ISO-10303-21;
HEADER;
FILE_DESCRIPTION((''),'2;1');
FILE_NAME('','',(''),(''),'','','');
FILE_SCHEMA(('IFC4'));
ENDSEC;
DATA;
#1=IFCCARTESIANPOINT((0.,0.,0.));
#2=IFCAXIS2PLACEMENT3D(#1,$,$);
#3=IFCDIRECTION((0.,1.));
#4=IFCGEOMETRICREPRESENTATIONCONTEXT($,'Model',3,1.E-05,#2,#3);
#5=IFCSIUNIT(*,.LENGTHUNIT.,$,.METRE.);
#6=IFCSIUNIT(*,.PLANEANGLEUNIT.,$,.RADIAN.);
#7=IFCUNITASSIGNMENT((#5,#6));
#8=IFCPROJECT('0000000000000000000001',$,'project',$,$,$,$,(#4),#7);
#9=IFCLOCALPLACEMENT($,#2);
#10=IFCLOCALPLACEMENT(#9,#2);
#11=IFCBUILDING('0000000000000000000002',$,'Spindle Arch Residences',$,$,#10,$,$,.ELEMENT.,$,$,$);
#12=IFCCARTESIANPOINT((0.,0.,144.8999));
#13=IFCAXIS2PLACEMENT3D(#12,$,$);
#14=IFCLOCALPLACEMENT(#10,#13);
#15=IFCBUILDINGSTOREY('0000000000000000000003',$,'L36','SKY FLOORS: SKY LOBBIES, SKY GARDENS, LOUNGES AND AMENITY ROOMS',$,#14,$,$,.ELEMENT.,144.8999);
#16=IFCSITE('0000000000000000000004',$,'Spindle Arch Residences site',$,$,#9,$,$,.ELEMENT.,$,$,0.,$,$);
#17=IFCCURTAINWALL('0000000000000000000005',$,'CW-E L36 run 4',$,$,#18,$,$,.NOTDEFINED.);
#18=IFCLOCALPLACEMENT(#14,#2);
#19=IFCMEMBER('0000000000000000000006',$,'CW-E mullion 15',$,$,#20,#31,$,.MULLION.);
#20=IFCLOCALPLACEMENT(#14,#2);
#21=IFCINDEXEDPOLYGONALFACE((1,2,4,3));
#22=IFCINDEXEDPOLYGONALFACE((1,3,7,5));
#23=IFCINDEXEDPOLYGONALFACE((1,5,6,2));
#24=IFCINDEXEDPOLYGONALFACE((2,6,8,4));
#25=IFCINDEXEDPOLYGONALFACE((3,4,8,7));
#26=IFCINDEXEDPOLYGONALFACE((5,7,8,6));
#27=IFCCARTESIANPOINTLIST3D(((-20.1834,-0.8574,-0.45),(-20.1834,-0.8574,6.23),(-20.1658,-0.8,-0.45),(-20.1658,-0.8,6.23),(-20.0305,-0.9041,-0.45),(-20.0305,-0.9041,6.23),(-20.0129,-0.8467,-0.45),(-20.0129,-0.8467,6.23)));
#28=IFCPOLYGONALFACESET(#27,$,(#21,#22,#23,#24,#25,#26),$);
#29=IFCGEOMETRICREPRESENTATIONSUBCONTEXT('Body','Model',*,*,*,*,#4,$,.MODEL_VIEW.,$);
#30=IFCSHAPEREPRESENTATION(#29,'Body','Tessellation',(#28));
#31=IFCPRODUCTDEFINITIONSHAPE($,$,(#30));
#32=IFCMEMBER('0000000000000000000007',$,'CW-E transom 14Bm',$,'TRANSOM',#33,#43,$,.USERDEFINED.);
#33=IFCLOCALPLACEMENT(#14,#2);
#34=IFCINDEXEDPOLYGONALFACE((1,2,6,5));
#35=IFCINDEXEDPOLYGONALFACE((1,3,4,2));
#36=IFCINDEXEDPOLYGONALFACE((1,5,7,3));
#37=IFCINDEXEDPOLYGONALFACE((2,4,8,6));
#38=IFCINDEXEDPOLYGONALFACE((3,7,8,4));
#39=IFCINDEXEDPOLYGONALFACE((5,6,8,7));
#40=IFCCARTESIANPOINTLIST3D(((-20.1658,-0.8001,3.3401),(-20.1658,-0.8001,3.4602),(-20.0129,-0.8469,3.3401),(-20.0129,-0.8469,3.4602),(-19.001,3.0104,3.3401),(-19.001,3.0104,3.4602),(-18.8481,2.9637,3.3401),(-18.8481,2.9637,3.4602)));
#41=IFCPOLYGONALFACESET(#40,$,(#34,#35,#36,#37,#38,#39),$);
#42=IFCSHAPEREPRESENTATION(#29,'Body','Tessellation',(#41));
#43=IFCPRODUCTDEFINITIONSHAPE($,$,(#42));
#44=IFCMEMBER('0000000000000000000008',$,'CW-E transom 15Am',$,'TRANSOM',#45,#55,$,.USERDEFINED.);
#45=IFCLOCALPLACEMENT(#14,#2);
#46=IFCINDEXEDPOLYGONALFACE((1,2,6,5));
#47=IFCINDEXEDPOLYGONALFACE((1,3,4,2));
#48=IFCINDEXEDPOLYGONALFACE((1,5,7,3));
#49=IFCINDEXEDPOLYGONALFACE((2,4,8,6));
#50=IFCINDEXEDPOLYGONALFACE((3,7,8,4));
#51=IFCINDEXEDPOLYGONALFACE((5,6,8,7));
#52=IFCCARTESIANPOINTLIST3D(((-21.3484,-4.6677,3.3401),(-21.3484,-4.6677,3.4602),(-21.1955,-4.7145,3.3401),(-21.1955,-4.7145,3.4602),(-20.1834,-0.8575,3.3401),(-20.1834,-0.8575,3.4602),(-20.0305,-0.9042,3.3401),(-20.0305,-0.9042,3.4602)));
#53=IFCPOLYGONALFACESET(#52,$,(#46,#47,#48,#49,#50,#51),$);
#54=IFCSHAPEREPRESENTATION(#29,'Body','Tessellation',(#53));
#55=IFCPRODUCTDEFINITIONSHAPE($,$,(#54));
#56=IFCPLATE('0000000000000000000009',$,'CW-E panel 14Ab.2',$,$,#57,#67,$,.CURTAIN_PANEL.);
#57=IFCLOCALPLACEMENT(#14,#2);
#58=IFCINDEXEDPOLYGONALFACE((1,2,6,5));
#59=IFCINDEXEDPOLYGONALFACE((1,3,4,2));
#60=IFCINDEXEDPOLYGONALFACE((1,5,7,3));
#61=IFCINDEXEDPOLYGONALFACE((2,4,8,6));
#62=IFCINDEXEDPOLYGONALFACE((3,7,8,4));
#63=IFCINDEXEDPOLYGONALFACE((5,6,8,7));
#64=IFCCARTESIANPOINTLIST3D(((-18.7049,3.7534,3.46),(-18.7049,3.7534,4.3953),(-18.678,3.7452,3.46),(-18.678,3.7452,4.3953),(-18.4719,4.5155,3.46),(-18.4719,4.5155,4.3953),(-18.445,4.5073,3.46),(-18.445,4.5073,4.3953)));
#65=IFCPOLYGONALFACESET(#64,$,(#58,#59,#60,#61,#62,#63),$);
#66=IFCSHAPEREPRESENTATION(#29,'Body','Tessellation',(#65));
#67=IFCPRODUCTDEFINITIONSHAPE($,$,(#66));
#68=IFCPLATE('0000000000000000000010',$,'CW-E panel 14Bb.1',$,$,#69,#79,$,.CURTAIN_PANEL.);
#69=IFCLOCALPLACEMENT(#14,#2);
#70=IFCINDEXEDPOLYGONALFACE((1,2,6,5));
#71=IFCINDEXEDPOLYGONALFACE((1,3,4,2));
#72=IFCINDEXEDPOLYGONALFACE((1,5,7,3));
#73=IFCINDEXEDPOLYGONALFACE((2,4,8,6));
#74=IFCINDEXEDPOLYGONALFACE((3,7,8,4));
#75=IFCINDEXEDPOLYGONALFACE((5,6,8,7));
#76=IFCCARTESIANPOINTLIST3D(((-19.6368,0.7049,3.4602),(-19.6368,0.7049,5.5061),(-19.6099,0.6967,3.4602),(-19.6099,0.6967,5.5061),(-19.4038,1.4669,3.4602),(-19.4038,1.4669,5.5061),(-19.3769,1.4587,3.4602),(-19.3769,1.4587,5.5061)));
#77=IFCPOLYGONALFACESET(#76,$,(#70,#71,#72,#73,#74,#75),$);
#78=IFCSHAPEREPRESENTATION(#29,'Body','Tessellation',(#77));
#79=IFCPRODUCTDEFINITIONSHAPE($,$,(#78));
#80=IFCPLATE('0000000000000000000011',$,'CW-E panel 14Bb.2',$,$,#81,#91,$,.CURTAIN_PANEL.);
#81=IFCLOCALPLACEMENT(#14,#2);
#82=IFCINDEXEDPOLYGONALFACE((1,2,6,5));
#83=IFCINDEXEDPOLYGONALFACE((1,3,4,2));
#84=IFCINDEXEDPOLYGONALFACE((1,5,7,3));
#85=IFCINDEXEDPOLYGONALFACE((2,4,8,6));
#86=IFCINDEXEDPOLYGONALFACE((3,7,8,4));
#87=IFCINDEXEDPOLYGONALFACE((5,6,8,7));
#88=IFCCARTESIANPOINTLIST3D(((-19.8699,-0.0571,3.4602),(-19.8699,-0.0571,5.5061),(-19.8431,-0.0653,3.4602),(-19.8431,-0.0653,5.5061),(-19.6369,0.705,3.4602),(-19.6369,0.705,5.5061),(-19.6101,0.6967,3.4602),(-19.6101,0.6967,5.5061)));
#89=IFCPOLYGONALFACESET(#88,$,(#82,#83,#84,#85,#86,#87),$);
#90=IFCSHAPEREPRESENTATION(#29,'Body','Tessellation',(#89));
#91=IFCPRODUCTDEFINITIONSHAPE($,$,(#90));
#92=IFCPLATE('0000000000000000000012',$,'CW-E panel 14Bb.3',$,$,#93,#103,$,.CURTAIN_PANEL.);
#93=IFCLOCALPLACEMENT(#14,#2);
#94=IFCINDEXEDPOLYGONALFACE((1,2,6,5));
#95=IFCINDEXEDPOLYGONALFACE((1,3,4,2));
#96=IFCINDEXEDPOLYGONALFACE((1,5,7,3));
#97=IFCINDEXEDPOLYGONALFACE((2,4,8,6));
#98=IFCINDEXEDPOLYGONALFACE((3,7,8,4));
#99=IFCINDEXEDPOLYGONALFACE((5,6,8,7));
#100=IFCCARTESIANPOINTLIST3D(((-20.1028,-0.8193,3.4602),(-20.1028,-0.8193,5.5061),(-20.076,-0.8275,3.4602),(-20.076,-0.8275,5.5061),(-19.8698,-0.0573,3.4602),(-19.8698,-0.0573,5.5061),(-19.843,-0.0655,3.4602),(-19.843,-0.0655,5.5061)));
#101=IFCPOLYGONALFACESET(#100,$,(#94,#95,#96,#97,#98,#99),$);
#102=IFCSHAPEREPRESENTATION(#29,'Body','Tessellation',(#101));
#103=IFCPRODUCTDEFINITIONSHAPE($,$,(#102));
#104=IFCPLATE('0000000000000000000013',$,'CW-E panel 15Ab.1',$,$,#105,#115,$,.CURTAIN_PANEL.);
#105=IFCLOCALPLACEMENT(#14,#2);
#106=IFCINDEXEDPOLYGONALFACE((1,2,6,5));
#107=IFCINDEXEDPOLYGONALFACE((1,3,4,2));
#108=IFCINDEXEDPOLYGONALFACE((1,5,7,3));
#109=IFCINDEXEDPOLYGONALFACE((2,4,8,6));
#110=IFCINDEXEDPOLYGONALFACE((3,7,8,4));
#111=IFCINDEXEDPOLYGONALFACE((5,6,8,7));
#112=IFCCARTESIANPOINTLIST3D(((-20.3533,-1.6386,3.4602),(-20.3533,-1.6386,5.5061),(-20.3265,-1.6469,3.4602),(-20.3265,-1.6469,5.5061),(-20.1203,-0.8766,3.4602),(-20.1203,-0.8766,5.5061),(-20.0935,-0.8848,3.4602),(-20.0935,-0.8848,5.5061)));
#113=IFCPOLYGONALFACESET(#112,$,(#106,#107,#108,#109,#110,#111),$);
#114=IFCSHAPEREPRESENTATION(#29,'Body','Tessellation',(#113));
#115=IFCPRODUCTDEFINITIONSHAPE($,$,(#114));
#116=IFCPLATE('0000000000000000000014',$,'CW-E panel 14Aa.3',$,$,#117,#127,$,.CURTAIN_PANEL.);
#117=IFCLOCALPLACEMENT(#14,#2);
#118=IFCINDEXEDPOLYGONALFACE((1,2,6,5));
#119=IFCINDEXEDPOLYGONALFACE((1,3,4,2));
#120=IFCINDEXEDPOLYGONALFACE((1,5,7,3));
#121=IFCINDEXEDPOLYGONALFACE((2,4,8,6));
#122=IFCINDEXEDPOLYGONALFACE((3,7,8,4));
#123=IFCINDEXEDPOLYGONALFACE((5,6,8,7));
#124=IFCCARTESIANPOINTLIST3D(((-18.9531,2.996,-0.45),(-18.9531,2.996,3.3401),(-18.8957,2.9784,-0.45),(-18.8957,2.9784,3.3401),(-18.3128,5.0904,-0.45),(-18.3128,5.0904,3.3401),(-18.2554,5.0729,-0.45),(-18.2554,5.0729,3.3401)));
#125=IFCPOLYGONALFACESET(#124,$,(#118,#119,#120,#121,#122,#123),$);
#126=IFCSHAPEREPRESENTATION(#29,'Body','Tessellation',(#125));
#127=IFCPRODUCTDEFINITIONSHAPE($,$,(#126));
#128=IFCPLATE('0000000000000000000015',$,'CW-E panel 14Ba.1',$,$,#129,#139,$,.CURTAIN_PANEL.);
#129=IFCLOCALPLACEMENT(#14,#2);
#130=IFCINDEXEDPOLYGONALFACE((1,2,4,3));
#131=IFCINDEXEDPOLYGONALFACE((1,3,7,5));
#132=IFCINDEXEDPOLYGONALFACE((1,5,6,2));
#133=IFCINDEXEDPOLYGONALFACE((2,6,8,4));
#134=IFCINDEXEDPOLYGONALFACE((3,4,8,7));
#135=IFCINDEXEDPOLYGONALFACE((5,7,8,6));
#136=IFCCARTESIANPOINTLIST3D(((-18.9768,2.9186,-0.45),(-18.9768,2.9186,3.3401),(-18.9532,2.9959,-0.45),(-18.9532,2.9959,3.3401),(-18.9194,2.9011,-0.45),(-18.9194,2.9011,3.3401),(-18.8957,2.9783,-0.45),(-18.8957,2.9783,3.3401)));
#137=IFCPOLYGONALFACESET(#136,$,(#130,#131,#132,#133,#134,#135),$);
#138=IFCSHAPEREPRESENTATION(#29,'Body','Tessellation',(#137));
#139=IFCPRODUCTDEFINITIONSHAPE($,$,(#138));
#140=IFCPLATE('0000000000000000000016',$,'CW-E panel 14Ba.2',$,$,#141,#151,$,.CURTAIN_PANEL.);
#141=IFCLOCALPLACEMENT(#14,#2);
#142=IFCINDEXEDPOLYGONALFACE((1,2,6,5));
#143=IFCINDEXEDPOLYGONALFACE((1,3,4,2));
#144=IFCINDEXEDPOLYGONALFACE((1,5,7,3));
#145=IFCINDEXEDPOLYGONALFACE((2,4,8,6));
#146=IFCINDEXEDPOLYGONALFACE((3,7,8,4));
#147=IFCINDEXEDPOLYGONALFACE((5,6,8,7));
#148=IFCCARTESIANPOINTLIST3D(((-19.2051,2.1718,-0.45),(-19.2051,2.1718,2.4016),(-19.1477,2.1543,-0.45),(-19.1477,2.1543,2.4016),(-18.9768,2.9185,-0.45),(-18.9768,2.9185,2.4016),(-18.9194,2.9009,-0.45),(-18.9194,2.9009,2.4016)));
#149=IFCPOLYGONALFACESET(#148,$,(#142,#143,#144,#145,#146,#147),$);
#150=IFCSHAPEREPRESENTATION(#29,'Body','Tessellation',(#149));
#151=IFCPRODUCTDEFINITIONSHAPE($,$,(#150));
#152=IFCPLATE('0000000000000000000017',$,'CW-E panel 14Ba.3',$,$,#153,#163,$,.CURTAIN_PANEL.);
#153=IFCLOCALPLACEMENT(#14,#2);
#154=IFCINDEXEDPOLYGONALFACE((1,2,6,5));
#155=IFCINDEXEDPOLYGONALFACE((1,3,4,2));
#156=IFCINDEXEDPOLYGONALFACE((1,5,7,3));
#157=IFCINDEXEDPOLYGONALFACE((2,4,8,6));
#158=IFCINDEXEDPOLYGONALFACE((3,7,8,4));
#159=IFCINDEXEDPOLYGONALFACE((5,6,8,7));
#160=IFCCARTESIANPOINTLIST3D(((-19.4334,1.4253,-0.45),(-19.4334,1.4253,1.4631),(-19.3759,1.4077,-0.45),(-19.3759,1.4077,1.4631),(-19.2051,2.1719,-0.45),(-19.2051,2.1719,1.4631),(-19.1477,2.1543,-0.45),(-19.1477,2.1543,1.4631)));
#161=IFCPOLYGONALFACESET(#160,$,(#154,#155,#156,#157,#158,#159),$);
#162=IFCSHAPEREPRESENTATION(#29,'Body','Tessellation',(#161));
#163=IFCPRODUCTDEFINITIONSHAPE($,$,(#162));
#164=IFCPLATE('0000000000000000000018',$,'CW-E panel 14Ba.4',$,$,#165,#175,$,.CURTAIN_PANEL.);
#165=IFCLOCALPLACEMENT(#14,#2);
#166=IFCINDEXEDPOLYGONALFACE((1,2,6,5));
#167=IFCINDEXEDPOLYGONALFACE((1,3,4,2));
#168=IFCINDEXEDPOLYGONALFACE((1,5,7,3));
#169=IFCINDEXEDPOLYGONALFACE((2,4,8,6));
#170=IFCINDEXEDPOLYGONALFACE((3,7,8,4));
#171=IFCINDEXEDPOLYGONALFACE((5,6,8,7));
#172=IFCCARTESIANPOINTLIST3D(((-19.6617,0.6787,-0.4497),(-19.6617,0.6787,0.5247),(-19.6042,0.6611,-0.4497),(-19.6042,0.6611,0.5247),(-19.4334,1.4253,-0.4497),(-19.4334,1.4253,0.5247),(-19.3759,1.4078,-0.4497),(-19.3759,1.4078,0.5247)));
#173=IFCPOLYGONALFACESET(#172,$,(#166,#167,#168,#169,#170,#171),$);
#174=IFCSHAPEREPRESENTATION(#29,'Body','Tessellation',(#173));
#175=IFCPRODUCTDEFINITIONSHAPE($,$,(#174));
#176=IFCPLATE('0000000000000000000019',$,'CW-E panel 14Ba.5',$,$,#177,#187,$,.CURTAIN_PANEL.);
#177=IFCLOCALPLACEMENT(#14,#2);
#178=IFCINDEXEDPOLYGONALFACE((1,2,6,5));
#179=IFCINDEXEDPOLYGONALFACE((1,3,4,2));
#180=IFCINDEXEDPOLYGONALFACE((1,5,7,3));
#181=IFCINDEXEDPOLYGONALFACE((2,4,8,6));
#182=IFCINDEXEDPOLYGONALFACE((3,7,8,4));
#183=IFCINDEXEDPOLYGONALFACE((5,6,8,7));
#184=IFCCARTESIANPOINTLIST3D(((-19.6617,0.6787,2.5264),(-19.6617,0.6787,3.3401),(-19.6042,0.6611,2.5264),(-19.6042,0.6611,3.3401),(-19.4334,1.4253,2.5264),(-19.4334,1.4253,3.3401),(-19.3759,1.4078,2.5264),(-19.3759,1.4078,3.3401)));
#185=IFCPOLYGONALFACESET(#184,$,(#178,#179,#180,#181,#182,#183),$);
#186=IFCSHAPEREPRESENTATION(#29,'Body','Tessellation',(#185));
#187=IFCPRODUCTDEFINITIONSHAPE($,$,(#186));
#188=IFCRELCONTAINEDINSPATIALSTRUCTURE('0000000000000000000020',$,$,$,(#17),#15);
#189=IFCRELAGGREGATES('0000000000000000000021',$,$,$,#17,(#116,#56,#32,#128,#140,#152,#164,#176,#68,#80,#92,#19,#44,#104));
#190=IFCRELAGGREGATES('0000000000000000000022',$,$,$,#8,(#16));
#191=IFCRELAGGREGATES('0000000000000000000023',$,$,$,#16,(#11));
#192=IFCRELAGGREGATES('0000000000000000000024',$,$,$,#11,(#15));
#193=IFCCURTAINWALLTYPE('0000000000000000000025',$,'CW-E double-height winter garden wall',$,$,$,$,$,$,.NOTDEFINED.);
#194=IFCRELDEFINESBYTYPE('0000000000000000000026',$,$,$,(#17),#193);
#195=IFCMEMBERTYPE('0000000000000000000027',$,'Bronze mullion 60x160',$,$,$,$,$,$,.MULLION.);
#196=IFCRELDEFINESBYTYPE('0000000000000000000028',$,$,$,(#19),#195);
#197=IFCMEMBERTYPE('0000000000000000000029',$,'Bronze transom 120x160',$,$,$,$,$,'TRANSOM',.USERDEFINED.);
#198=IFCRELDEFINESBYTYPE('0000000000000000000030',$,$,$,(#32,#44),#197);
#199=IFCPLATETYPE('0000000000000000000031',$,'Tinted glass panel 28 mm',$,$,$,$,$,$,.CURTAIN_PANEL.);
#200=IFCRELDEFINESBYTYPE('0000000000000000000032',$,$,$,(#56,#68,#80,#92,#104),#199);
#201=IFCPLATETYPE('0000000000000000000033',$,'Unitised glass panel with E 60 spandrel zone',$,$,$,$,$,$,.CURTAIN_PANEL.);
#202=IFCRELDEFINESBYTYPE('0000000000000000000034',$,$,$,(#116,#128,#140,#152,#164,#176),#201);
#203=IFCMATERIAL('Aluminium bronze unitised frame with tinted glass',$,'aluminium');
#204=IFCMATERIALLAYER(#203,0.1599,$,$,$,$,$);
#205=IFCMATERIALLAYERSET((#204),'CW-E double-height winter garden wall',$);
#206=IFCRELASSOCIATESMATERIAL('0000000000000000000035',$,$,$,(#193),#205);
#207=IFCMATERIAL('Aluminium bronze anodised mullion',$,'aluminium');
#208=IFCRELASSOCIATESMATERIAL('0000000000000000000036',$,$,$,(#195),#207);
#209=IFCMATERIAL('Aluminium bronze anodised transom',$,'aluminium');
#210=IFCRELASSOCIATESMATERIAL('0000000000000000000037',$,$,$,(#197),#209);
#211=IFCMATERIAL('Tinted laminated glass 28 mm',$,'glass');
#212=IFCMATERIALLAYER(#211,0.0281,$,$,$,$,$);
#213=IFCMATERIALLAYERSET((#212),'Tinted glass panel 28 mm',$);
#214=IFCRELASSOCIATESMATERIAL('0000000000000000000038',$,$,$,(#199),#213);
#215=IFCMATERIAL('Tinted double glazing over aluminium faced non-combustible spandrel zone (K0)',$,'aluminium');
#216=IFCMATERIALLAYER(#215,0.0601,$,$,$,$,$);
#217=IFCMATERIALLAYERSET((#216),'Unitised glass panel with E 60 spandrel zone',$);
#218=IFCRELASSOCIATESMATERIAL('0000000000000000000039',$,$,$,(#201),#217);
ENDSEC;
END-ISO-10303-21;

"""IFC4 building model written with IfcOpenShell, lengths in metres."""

from ifc_helpers import new_model, si_unit, direction, frame, origin, origin_2d, place, context, subcontext, project, spatial, rectangle, extrude, material, layer, layer_set, material_profile, profile_set, type_object, element, aggregate, save


model = new_model("IFC4")

# Units and contexts
model_context = context("Model", 3, precision=1e-05, world=origin(), true_north=direction((0.0, 1.0)))
body_context = subcontext(model_context, "Body", "Model", "MODEL_VIEW")
ifc_project = project(units=[si_unit("LENGTHUNIT", "METRE"), si_unit("PLANEANGLEUNIT", "RADIAN")], contexts=[model_context])

# Site, building, storey
site_placement = place(None, origin())
site = spatial("IfcSite", under=ifc_project, at=site_placement, Name="Spindle Arch Residences site", CompositionType="ELEMENT", RefElevation=0.0)
building_placement = place(site_placement, origin())
building = spatial("IfcBuilding", under=site, at=building_placement, Name="Spindle Arch Residences", CompositionType="ELEMENT")
storey_placement = place(building_placement, frame((0.0, 0.0, 144.8999)))
storey = spatial("IfcBuildingStorey", under=building, at=storey_placement, Name="L36", Description="SKY FLOORS: SKY LOBBIES, SKY GARDENS, LOUNGES AND AMENITY ROOMS", CompositionType="ELEMENT", Elevation=144.8999)

# Curtain wall, members, plates
ifc_material_1 = material(Name="Aluminium bronze unitised frame with tinted glass", Category="aluminium")
ifc_layer_1 = layer(ifc_material_1, 0.1599)
ifc_layer_set_1 = layer_set([ifc_layer_1], Name="CW-E double-height winter garden wall")
curtain_wall_type = type_object("IfcCurtainWallType", Name="CW-E double-height winter garden wall", PredefinedType="NOTDEFINED", material=ifc_layer_set_1)
curtain_wall_placement = place(storey_placement, origin())
curtain_wall = element("IfcCurtainWall", 1, at=curtain_wall_placement, inside=storey, type_object=curtain_wall_type, Name="CW-E L36 run 4", PredefinedType="NOTDEFINED")
ifc_material_2 = material(Name="Aluminium bronze anodised mullion", Category="aluminium")
ifc_material_profile_1 = material_profile(ifc_material_2, rectangle(XDim=0.1599, YDim=0.0601, at=origin_2d()), Name="MU 60x160")
ifc_profile_set_1 = profile_set([ifc_material_profile_1], Name="Aluminium bronze anodised mullion")
member_type_1 = type_object("IfcMemberType", Name="Bronze mullion 60x160", PredefinedType="MULLION", material=ifc_profile_set_1)
member_1_placement = place(storey_placement, frame((-20.0981, -0.8521, -0.45), z_axis=(0.0, 0.0, 1.0), x_axis=(0.956305, -0.292372, 0.0)))
member_1 = element("IfcMember", 2, at=member_1_placement, type_object=member_type_1, Name="CW-E mullion 15", PredefinedType="MULLION", context=body_context, shape_type="SweptSolid", body=[
    extrude(rectangle(XDim=0.1599, YDim=0.0601, at=origin_2d()), origin(), (0.0, 0.0, 1.0), 6.6799),
])
ifc_material_3 = material(Name="Aluminium bronze anodised transom", Category="aluminium")
ifc_material_profile_2 = material_profile(ifc_material_3, rectangle(XDim=0.1599, YDim=0.1201, at=origin_2d()), Name="TR 120x160")
ifc_profile_set_2 = profile_set([ifc_material_profile_2], Name="Aluminium bronze anodised transom")
member_type_2 = type_object("IfcMemberType", Name="Bronze transom 120x160", ElementType="TRANSOM", PredefinedType="USERDEFINED", material=ifc_profile_set_2)
member_2_placement = place(storey_placement, frame((-18.9246, 2.9871, 3.4001), z_axis=(-0.292324, -0.956319, 0.0), x_axis=(0.956319, -0.292324, 0.0)))
member_2 = element("IfcMember", 3, at=member_2_placement, type_object=member_type_2, Name="CW-E transom 14Bm", ObjectType="TRANSOM", PredefinedType="USERDEFINED", context=body_context, shape_type="SweptSolid", body=[
    extrude(rectangle(XDim=0.1599, YDim=0.1201, at=origin_2d()), origin(), (0.0, 0.0, 1.0), 3.9846),
])
member_3_placement = place(storey_placement, frame((-20.1069, -0.8809, 3.4001), z_axis=(-0.292398, -0.956297, 0.0), x_axis=(0.956297, -0.292398, 0.0)))
member_3 = element("IfcMember", 4, at=member_3_placement, type_object=member_type_2, Name="CW-E transom 15Am", ObjectType="TRANSOM", PredefinedType="USERDEFINED", context=body_context, shape_type="SweptSolid", body=[
    extrude(rectangle(XDim=0.1599, YDim=0.1201, at=origin_2d()), origin(), (0.0, 0.0, 1.0), 3.9844),
])
ifc_material_4 = material(Name="Tinted laminated glass 28 mm", Category="glass")
ifc_layer_2 = layer(ifc_material_4, 0.0281)
ifc_layer_set_2 = layer_set([ifc_layer_2], Name="Tinted glass panel 28 mm")
plate_type_1 = type_object("IfcPlateType", Name="Tinted glass panel 28 mm", PredefinedType="CURTAIN_PANEL", material=ifc_layer_set_2)
plate_1_placement = place(storey_placement, frame((-18.575, 4.1304, 3.46), z_axis=(0.0, 0.0, 1.0), x_axis=(-0.292372, -0.956305, 0.0)))
plate_1 = element("IfcPlate", 5, at=plate_1_placement, type_object=plate_type_1, Name="CW-E panel 14Ab.2", PredefinedType="CURTAIN_PANEL", context=body_context, shape_type="SweptSolid", body=[
    extrude(rectangle(XDim=0.7969, YDim=0.0281, at=origin_2d()), origin(), (0.0, 0.0, 1.0), 0.9353),
])
plate_2_placement = place(storey_placement, frame((-19.5068, 1.0818, 3.4602), z_axis=(0.0, 0.0, 1.0), x_axis=(-0.292372, -0.956305, 0.0)))
plate_2 = element("IfcPlate", 6, at=plate_2_placement, type_object=plate_type_1, Name="CW-E panel 14Bb.1", PredefinedType="CURTAIN_PANEL", context=body_context, shape_type="SweptSolid", body=[
    extrude(rectangle(XDim=0.7969, YDim=0.0281, at=origin_2d()), origin(), (0.0, 0.0, 1.0), 2.0459),
])
plate_3_placement = place(storey_placement, frame((-19.74, 0.3198, 3.4602), z_axis=(0.0, 0.0, 1.0), x_axis=(-0.292372, -0.956305, 0.0)))
plate_3 = element("IfcPlate", 7, at=plate_3_placement, type_object=plate_type_1, Name="CW-E panel 14Bb.2", PredefinedType="CURTAIN_PANEL", context=body_context, shape_type="SweptSolid", body=[
    extrude(rectangle(XDim=0.7969, YDim=0.0281, at=origin_2d()), origin(), (0.0, 0.0, 1.0), 2.0459),
])
plate_4_placement = place(storey_placement, frame((-19.9729, -0.4424, 3.4602), z_axis=(0.0, 0.0, 1.0), x_axis=(-0.292372, -0.956305, 0.0)))
plate_4 = element("IfcPlate", 8, at=plate_4_placement, type_object=plate_type_1, Name="CW-E panel 14Bb.3", PredefinedType="CURTAIN_PANEL", context=body_context, shape_type="SweptSolid", body=[
    extrude(rectangle(XDim=0.7969, YDim=0.0281, at=origin_2d()), origin(), (0.0, 0.0, 1.0), 2.0459),
])
plate_5_placement = place(storey_placement, frame((-20.2234, -1.2617, 3.4602), z_axis=(0.0, 0.0, 1.0), x_axis=(-0.292372, -0.956305, 0.0)))
plate_5 = element("IfcPlate", 9, at=plate_5_placement, type_object=plate_type_1, Name="CW-E panel 15Ab.1", PredefinedType="CURTAIN_PANEL", context=body_context, shape_type="SweptSolid", body=[
    extrude(rectangle(XDim=0.7969, YDim=0.0281, at=origin_2d()), origin(), (0.0, 0.0, 1.0), 2.0459),
])
ifc_material_5 = material(Name="Tinted double glazing over aluminium faced non-combustible spandrel zone (K0)", Category="aluminium")
ifc_layer_3 = layer(ifc_material_5, 0.0601)
ifc_layer_set_3 = layer_set([ifc_layer_3], Name="Unitised glass panel with E 60 spandrel zone")
plate_type_2 = type_object("IfcPlateType", Name="Unitised glass panel with E 60 spandrel zone", PredefinedType="CURTAIN_PANEL", material=ifc_layer_set_3)
plate_6_placement = place(storey_placement, frame((-18.6042, 4.0344, -0.45), z_axis=(0.0, 0.0, 1.0), x_axis=(-0.292372, -0.956305, 0.0)))
plate_6 = element("IfcPlate", 10, at=plate_6_placement, type_object=plate_type_2, Name="CW-E panel 14Aa.3", PredefinedType="CURTAIN_PANEL", context=body_context, shape_type="SweptSolid", body=[
    extrude(rectangle(XDim=2.1902, YDim=0.0601, at=origin_2d()), origin(), (0.0, 0.0, 1.0), 3.79),
])
plate_7_placement = place(storey_placement, frame((-18.9363, 2.9485, -0.45), z_axis=(0.0, 0.0, 1.0), x_axis=(-0.292372, -0.956305, 0.0)))
plate_7 = element("IfcPlate", 11, at=plate_7_placement, type_object=plate_type_2, Name="CW-E panel 14Ba.1", PredefinedType="CURTAIN_PANEL", context=body_context, shape_type="SweptSolid", body=[
    extrude(rectangle(XDim=0.0808, YDim=0.0601, at=origin_2d()), origin(), (0.0, 0.0, 1.0), 3.79),
])
plate_8_placement = place(storey_placement, frame((-19.0623, 2.5364, -0.45), z_axis=(0.0, 0.0, 1.0), x_axis=(-0.292372, -0.956305, 0.0)))
plate_8 = element("IfcPlate", 12, at=plate_8_placement, type_object=plate_type_2, Name="CW-E panel 14Ba.2", PredefinedType="CURTAIN_PANEL", context=body_context, shape_type="SweptSolid", body=[
    extrude(rectangle(XDim=0.7808, YDim=0.0601, at=origin_2d()), origin(), (0.0, 0.0, 1.0), 2.8516),
])
plate_9_placement = place(storey_placement, frame((-19.2905, 1.7898, -0.45), z_axis=(0.0, 0.0, 1.0), x_axis=(-0.292372, -0.956305, 0.0)))
plate_9 = element("IfcPlate", 13, at=plate_9_placement, type_object=plate_type_2, Name="CW-E panel 14Ba.3", PredefinedType="CURTAIN_PANEL", context=body_context, shape_type="SweptSolid", body=[
    extrude(rectangle(XDim=0.7808, YDim=0.0601, at=origin_2d()), origin(), (0.0, 0.0, 1.0), 1.9131),
])
plate_10_placement = place(storey_placement, frame((-19.5188, 1.0432, -0.4497), z_axis=(0.0, 0.0, 1.0), x_axis=(-0.292372, -0.956305, 0.0)))
plate_10 = element("IfcPlate", 14, at=plate_10_placement, type_object=plate_type_2, Name="CW-E panel 14Ba.4", PredefinedType="CURTAIN_PANEL", context=body_context, shape_type="SweptSolid", body=[
    extrude(rectangle(XDim=0.7808, YDim=0.0601, at=origin_2d()), origin(), (0.0, 0.0, 1.0), 0.9744),
])
plate_11_placement = place(storey_placement, frame((-19.5188, 1.0432, 2.5264), z_axis=(0.0, 0.0, 1.0), x_axis=(-0.292372, -0.956305, 0.0)))
plate_11 = element("IfcPlate", 15, at=plate_11_placement, type_object=plate_type_2, Name="CW-E panel 14Ba.5", PredefinedType="CURTAIN_PANEL", context=body_context, shape_type="SweptSolid", body=[
    extrude(rectangle(XDim=0.7808, YDim=0.0601, at=origin_2d()), origin(), (0.0, 0.0, 1.0), 0.8137),
])
aggregate(curtain_wall, [plate_6, plate_1, member_2, plate_7, plate_8, plate_9, plate_10, plate_11, plate_2, plate_3, plate_4, member_1, member_3, plate_5])

save(model, "model.ifc")
